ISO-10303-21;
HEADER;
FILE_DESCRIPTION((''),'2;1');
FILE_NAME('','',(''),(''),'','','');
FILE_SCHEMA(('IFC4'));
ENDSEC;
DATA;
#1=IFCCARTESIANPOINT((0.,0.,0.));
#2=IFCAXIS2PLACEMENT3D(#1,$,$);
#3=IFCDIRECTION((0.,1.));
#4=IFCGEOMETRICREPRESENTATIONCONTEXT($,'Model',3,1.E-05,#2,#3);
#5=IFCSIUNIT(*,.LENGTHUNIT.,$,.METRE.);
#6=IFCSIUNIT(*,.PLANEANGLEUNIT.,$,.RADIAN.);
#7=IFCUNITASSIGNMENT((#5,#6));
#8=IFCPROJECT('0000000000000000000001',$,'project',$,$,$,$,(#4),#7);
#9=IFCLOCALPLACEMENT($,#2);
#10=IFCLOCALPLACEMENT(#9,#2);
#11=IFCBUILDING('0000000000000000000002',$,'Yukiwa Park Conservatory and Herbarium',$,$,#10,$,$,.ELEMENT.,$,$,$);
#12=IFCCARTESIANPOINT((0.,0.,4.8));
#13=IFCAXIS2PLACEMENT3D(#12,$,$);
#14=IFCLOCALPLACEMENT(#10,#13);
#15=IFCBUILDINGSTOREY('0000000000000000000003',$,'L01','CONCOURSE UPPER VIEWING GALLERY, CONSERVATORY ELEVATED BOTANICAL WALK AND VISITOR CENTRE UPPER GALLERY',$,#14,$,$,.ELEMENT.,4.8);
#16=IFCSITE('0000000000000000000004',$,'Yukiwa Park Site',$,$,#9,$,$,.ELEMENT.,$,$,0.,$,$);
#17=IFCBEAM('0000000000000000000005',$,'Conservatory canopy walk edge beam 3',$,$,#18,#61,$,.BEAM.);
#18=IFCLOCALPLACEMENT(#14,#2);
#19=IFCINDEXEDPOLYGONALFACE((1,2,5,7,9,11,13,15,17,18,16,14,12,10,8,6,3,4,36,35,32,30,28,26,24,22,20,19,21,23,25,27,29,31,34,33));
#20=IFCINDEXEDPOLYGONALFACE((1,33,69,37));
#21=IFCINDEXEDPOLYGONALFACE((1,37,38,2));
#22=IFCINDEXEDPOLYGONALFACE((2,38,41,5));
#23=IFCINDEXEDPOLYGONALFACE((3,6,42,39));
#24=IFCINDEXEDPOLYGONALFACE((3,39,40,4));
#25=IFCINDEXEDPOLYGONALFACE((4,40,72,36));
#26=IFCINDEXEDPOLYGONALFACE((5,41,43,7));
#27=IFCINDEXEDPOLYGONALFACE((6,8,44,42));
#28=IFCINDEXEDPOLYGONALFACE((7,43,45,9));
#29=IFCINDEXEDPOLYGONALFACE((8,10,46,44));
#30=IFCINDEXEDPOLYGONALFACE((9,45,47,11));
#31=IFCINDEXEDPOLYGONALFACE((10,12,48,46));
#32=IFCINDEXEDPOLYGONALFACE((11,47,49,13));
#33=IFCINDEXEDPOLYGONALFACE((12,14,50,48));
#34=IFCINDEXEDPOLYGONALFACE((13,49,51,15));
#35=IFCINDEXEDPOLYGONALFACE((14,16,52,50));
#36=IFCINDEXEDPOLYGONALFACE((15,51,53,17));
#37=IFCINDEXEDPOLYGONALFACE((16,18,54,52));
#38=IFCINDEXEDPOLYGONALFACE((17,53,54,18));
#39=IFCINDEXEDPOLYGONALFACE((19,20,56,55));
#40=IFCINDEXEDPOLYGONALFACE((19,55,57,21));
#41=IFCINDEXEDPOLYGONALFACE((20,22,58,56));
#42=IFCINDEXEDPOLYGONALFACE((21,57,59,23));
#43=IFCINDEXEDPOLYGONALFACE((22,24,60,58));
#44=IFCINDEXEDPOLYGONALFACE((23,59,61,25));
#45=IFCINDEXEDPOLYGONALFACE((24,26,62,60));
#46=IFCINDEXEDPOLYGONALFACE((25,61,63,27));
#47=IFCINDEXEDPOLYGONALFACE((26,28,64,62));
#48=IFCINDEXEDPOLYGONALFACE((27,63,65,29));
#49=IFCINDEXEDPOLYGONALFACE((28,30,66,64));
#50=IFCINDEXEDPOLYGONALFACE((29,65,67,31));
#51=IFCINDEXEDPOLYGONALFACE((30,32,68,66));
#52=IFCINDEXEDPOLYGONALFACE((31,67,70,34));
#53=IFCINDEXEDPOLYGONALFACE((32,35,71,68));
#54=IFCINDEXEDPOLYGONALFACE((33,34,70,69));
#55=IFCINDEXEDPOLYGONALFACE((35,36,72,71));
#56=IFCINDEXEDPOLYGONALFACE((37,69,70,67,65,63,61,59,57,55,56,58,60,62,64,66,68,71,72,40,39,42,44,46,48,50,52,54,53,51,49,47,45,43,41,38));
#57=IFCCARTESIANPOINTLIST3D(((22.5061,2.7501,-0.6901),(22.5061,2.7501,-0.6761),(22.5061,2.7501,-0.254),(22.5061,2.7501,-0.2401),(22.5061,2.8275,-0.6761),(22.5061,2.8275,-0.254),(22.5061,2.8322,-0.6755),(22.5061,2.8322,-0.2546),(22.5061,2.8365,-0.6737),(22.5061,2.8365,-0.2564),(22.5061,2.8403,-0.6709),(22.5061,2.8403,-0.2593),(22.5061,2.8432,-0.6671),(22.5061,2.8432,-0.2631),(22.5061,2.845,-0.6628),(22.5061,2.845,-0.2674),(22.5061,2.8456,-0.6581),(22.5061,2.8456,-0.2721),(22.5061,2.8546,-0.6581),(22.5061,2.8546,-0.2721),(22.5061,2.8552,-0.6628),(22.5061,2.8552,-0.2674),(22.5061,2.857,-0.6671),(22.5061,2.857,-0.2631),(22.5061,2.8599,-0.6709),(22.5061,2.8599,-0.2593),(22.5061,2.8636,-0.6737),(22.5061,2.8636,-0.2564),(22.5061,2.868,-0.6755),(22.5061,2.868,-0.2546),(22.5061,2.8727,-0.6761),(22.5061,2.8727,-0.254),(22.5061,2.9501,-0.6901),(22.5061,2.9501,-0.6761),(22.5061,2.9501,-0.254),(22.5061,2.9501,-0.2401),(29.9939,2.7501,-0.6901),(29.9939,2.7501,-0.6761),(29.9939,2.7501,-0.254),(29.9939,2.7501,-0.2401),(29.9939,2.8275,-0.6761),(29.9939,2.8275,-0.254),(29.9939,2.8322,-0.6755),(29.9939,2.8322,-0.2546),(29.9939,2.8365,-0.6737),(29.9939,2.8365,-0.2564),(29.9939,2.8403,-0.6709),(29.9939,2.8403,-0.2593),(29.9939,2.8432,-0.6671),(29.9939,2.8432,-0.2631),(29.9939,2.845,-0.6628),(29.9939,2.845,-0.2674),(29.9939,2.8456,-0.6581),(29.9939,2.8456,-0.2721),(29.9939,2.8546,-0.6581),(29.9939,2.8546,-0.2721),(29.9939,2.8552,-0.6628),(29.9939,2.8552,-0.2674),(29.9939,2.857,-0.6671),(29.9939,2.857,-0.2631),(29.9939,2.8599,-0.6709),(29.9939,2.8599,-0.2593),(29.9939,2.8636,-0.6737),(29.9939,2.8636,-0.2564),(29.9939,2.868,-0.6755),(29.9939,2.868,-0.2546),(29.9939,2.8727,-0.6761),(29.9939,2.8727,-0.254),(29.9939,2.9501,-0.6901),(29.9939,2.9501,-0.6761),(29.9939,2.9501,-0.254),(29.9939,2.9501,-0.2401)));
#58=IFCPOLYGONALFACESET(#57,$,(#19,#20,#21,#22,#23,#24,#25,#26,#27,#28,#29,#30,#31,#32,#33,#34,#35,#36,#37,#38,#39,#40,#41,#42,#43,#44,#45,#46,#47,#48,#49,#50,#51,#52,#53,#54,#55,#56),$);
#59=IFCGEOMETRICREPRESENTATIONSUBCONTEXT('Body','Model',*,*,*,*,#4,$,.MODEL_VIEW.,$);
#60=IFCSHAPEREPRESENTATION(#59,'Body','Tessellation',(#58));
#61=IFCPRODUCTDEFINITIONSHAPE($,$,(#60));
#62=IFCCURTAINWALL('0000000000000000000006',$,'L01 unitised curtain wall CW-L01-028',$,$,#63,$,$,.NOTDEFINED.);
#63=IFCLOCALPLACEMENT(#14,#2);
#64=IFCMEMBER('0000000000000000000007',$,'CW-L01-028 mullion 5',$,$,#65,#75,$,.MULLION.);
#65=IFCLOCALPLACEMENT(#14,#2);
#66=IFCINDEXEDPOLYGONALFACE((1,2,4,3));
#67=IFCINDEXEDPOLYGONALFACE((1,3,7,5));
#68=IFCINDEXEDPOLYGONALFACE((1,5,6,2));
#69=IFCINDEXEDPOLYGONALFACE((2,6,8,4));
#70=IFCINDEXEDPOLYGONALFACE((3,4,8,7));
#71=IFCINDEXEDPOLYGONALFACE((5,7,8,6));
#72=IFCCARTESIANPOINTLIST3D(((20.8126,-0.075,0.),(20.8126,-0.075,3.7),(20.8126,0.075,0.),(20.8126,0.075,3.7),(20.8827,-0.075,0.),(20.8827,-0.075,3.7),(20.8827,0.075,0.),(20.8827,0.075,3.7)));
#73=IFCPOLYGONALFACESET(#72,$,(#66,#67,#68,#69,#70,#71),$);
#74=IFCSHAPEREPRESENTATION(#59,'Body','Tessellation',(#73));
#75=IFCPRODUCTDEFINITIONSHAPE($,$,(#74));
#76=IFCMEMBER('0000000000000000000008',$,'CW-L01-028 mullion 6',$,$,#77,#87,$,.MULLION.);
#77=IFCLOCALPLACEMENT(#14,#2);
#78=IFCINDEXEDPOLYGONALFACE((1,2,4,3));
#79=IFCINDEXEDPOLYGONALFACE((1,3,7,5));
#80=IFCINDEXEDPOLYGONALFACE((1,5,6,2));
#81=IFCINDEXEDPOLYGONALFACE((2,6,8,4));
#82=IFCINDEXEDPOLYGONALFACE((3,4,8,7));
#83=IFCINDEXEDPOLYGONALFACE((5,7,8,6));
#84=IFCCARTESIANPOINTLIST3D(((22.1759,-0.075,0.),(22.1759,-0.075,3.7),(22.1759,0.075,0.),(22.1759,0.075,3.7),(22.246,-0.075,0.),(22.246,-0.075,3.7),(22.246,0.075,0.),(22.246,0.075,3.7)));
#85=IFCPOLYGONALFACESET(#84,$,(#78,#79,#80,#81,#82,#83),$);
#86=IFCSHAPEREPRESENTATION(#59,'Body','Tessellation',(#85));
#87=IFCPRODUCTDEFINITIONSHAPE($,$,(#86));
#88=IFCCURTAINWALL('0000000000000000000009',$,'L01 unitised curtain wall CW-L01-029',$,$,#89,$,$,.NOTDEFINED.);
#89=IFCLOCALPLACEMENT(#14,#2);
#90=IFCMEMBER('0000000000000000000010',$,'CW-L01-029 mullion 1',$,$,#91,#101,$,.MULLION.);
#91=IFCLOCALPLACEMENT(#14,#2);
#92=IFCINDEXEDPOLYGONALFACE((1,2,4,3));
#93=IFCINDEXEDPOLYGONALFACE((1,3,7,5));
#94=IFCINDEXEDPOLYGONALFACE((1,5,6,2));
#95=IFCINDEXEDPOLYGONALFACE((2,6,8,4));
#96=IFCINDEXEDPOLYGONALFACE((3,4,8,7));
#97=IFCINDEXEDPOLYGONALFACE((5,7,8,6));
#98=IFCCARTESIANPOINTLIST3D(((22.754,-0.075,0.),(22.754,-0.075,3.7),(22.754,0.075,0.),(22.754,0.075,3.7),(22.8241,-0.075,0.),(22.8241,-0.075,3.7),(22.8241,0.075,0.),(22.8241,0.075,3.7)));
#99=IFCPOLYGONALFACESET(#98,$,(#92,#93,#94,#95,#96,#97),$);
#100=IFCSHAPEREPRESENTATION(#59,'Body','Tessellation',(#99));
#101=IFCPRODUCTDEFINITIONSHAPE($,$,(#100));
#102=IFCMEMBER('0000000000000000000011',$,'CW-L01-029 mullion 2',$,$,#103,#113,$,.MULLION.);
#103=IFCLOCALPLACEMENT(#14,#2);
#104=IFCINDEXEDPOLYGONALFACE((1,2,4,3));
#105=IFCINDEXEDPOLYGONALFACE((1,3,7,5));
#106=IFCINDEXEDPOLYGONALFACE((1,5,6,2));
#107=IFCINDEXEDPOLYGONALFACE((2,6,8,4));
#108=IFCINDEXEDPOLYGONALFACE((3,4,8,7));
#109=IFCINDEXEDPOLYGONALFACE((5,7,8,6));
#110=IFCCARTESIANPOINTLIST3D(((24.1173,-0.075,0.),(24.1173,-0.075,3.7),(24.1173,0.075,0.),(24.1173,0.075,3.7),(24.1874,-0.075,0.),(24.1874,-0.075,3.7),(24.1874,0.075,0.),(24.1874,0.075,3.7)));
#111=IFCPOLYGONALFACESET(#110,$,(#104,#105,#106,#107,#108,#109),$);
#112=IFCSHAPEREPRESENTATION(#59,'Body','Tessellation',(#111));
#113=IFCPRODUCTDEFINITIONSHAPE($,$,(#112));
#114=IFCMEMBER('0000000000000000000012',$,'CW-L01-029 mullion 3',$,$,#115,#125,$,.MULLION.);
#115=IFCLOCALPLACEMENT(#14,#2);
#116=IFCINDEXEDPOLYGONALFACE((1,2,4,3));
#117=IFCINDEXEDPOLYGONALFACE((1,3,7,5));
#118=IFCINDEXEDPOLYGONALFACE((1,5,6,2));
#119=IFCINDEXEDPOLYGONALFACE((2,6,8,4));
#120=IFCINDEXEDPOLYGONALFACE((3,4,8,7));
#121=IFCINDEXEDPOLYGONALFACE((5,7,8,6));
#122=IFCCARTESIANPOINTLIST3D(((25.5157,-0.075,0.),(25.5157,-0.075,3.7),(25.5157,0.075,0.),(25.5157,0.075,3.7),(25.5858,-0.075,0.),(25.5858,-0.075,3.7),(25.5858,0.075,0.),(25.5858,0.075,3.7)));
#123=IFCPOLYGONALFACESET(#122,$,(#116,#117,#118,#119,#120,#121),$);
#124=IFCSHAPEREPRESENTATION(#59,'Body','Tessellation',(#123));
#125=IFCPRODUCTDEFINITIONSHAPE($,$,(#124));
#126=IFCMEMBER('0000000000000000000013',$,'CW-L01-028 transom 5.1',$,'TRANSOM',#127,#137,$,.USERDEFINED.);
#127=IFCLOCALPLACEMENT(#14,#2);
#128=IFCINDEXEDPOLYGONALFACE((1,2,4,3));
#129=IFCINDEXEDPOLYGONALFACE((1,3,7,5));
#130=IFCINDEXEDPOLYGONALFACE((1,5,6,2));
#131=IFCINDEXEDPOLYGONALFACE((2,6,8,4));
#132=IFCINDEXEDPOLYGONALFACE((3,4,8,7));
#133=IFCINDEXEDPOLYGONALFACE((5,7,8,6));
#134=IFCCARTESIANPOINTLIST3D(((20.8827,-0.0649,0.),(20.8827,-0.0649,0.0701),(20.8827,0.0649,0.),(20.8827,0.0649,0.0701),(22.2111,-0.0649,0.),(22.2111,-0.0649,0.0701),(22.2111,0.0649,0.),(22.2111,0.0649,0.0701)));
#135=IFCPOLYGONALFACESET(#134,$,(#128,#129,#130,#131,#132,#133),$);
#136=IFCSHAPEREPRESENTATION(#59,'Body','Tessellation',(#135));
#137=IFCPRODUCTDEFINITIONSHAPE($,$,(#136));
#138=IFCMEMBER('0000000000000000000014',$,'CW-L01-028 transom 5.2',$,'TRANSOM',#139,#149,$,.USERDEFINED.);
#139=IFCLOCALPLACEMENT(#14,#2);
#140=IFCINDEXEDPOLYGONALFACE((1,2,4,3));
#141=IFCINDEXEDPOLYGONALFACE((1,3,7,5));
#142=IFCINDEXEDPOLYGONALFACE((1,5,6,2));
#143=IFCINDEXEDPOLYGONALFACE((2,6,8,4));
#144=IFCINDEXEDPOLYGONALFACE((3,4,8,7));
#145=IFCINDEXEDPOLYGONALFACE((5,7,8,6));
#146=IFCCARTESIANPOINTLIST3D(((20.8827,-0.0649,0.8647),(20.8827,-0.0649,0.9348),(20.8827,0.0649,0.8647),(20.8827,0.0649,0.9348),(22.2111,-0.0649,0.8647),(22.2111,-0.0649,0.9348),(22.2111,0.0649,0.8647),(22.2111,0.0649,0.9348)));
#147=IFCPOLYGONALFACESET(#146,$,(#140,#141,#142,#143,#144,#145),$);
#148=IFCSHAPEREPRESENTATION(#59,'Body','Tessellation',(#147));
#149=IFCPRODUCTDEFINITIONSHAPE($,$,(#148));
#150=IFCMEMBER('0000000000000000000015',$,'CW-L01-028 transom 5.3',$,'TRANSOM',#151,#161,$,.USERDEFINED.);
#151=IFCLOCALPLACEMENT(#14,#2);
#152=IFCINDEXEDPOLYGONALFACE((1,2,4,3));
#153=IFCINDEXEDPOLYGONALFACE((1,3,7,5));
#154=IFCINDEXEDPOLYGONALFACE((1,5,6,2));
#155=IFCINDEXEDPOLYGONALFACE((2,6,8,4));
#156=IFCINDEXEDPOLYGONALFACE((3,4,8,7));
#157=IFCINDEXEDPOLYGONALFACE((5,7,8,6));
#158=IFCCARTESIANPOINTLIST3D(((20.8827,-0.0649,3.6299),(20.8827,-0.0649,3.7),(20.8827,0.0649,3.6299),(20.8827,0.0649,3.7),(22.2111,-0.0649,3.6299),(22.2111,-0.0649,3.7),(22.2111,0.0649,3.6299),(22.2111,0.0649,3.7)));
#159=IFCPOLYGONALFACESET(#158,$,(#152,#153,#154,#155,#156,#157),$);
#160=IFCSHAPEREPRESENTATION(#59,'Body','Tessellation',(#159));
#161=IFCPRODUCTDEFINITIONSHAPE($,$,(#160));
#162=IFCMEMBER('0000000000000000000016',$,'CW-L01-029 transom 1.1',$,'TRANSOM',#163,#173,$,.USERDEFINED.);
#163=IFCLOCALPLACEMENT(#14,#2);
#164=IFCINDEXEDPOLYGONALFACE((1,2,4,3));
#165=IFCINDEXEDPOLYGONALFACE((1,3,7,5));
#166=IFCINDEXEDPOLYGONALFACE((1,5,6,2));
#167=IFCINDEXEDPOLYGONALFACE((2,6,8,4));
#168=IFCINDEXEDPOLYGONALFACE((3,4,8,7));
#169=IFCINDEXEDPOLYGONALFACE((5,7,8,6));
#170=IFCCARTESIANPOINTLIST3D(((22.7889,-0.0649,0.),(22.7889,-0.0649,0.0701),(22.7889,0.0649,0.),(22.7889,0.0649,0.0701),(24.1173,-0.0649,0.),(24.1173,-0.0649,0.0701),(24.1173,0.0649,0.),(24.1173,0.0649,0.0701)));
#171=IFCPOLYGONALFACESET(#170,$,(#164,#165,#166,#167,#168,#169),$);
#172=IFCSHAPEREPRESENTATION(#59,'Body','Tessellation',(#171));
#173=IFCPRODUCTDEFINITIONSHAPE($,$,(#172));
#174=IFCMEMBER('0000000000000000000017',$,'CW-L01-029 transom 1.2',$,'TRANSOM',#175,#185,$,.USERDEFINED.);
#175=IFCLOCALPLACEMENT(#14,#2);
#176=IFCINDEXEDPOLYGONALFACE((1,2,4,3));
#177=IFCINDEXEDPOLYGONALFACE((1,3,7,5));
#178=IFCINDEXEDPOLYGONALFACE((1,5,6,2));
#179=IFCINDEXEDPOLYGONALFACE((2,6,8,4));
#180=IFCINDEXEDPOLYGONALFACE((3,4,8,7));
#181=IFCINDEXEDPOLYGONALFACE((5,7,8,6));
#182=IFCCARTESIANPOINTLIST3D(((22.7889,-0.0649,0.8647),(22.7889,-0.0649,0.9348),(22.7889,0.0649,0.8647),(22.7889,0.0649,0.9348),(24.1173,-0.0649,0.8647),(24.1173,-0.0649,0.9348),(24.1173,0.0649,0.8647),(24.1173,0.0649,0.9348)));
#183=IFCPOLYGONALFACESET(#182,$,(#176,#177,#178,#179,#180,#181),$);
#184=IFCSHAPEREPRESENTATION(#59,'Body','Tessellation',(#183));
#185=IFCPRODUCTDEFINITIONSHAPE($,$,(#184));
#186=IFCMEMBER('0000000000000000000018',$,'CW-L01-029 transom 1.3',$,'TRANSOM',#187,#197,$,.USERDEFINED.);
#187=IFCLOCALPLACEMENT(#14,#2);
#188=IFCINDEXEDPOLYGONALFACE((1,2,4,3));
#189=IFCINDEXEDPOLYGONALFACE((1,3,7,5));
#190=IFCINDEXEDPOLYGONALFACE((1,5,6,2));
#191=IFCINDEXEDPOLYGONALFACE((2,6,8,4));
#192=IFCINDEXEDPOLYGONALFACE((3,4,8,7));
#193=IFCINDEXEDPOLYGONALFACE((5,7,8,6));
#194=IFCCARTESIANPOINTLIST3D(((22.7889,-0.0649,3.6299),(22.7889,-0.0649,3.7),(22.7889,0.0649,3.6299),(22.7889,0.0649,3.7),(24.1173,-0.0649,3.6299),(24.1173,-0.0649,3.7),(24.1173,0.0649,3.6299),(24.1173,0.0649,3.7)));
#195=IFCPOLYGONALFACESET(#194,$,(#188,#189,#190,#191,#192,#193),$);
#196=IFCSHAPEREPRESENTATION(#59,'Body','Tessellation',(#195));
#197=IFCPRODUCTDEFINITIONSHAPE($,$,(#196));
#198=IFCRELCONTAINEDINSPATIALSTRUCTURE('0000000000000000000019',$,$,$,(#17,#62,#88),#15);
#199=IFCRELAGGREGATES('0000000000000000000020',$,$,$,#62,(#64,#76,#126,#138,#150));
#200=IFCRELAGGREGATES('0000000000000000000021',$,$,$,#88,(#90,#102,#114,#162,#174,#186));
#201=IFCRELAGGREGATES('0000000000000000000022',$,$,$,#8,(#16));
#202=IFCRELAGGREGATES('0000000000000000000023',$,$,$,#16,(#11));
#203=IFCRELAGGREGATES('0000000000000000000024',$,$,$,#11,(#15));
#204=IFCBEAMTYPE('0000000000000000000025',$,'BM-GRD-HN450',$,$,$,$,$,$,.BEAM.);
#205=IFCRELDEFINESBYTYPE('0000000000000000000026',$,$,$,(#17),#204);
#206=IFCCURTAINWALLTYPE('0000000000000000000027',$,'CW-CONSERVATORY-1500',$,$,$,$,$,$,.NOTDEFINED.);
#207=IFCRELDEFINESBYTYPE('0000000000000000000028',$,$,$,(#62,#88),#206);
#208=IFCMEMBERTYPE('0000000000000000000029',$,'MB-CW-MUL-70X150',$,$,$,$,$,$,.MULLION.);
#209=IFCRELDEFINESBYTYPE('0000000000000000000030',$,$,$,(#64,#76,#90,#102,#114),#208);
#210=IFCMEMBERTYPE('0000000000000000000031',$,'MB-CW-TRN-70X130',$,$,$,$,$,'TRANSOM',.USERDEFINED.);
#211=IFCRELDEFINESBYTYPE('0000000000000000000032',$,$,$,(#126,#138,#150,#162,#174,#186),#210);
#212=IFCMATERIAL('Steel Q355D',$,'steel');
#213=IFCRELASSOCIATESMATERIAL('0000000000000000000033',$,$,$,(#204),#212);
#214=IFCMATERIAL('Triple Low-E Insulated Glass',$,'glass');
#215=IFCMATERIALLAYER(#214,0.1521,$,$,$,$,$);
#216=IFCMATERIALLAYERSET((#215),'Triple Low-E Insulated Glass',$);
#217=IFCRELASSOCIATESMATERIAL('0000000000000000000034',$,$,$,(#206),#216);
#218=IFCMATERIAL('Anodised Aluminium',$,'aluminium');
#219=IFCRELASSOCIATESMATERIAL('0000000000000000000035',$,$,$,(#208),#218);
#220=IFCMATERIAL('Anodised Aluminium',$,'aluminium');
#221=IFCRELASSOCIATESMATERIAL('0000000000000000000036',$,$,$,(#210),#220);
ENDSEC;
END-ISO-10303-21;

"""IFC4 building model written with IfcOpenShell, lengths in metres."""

from ifc_helpers import new_model, si_unit, direction, frame, origin, origin_2d, place, context, subcontext, project, spatial, rectangle, i_section, extrude, material, layer, layer_set, material_profile, profile_set, type_object, element, aggregate, save


model = new_model("IFC4")

# Units and contexts
model_context = context("Model", 3, precision=1e-05, world=origin(), true_north=direction((0.0, 1.0)))
body_context = subcontext(model_context, "Body", "Model", "MODEL_VIEW")
ifc_project = project(units=[si_unit("LENGTHUNIT", "METRE"), si_unit("PLANEANGLEUNIT", "RADIAN")], contexts=[model_context])

# Site, building, storey
site_placement = place(None, origin())
site = spatial("IfcSite", under=ifc_project, at=site_placement, Name="Yukiwa Park Site", CompositionType="ELEMENT", RefElevation=0.0)
building_placement = place(site_placement, origin())
building = spatial("IfcBuilding", under=site, at=building_placement, Name="Yukiwa Park Conservatory and Herbarium", CompositionType="ELEMENT")
storey_placement = place(building_placement, frame((0.0, 0.0, 4.8)))
storey = spatial("IfcBuildingStorey", under=building, at=storey_placement, Name="L01", Description="CONCOURSE UPPER VIEWING GALLERY, CONSERVATORY ELEVATED BOTANICAL WALK AND VISITOR CENTRE UPPER GALLERY", CompositionType="ELEMENT", Elevation=4.8)

# Beam
ifc_material_1 = material(Name="Steel Q355D", Category="steel")
ifc_material_profile_1 = material_profile(ifc_material_1, i_section(OverallWidth=0.2, OverallDepth=0.45, WebThickness=0.009, FlangeThickness=0.0139, FilletRadius=0.0181, at=origin_2d()), Name="HN 450x200x9x14")
ifc_profile_set_1 = profile_set([ifc_material_profile_1], Name="Steel Q355D")
beam_type = type_object("IfcBeamType", Name="BM-GRD-HN450", PredefinedType="BEAM", material=ifc_profile_set_1)
beam_1_placement = place(storey_placement, frame((22.5061, 2.8501, -0.4651), z_axis=(1.0, 0.0, 0.0), x_axis=(0.0, 1.0, 0.0)))
element("IfcBeam", 1, at=beam_1_placement, inside=storey, type_object=beam_type, Name="Conservatory canopy walk edge beam 3", PredefinedType="BEAM", context=body_context, shape_type="SweptSolid", body=[
    extrude(i_section(OverallWidth=0.2, OverallDepth=0.45, WebThickness=0.009, FlangeThickness=0.0139, FilletRadius=0.0181, at=origin_2d()), origin(), (0.0, 0.0, 1.0), 7.4878),
])

# Curtain walls, members
ifc_material_2 = material(Name="Triple Low-E Insulated Glass", Category="glass")
ifc_layer_1 = layer(ifc_material_2, 0.1521)
ifc_layer_set_1 = layer_set([ifc_layer_1], Name="Triple Low-E Insulated Glass")
curtain_wall_type = type_object("IfcCurtainWallType", Name="CW-CONSERVATORY-1500", PredefinedType="NOTDEFINED", material=ifc_layer_set_1)
curtain_wall_1_placement = place(storey_placement, origin())
curtain_wall_1 = element("IfcCurtainWall", 2, at=curtain_wall_1_placement, inside=storey, type_object=curtain_wall_type, Name="L01 unitised curtain wall CW-L01-028", PredefinedType="NOTDEFINED")
ifc_material_3 = material(Name="Anodised Aluminium", Category="aluminium")
member_type_1 = type_object("IfcMemberType", Name="MB-CW-MUL-70X150", PredefinedType="MULLION", material=ifc_material_3)
member_1_placement = place(storey_placement, frame((20.8477, 0.0, 0.0), z_axis=(0.0, 0.0, 1.0), x_axis=(1.0, 0.0, 0.0)))
member_1 = element("IfcMember", 3, at=member_1_placement, type_object=member_type_1, Name="CW-L01-028 mullion 5", PredefinedType="MULLION", context=body_context, shape_type="SweptSolid", body=[
    extrude(rectangle(XDim=0.0701, YDim=0.1499, at=origin_2d()), origin(), (0.0, 0.0, 1.0), 3.7),
])
member_2_placement = place(storey_placement, frame((22.2109, 0.0, 0.0), z_axis=(0.0, 0.0, 1.0), x_axis=(1.0, 0.0, 0.0)))
member_2 = element("IfcMember", 4, at=member_2_placement, type_object=member_type_1, Name="CW-L01-028 mullion 6", PredefinedType="MULLION", context=body_context, shape_type="SweptSolid", body=[
    extrude(rectangle(XDim=0.0701, YDim=0.1499, at=origin_2d()), origin(), (0.0, 0.0, 1.0), 3.7),
])
curtain_wall_2_placement = place(storey_placement, origin())
curtain_wall_2 = element("IfcCurtainWall", 5, at=curtain_wall_2_placement, inside=storey, type_object=curtain_wall_type, Name="L01 unitised curtain wall CW-L01-029", PredefinedType="NOTDEFINED")
member_3_placement = place(storey_placement, frame((22.7891, 0.0, 0.0), z_axis=(0.0, 0.0, 1.0), x_axis=(1.0, 0.0, 0.0)))
member_3 = element("IfcMember", 6, at=member_3_placement, type_object=member_type_1, Name="CW-L01-029 mullion 1", PredefinedType="MULLION", context=body_context, shape_type="SweptSolid", body=[
    extrude(rectangle(XDim=0.0701, YDim=0.1499, at=origin_2d()), origin(), (0.0, 0.0, 1.0), 3.7),
])
member_4_placement = place(storey_placement, frame((24.1523, 0.0, 0.0), z_axis=(0.0, 0.0, 1.0), x_axis=(1.0, 0.0, 0.0)))
member_4 = element("IfcMember", 7, at=member_4_placement, type_object=member_type_1, Name="CW-L01-029 mullion 2", PredefinedType="MULLION", context=body_context, shape_type="SweptSolid", body=[
    extrude(rectangle(XDim=0.0701, YDim=0.1499, at=origin_2d()), origin(), (0.0, 0.0, 1.0), 3.7),
])
member_5_placement = place(storey_placement, frame((25.5508, 0.0, 0.0), z_axis=(0.0, 0.0, 1.0), x_axis=(1.0, 0.0, 0.0)))
member_5 = element("IfcMember", 8, at=member_5_placement, type_object=member_type_1, Name="CW-L01-029 mullion 3", PredefinedType="MULLION", context=body_context, shape_type="SweptSolid", body=[
    extrude(rectangle(XDim=0.0701, YDim=0.1499, at=origin_2d()), origin(), (0.0, 0.0, 1.0), 3.7),
])

# Members
ifc_material_4 = material(Name="Anodised Aluminium", Category="aluminium")
member_type_2 = type_object("IfcMemberType", Name="MB-CW-TRN-70X130", ElementType="TRANSOM", PredefinedType="USERDEFINED", material=ifc_material_4)
member_6_placement = place(storey_placement, frame((21.5469, 0.0, 0.0), z_axis=(0.0, 0.0, 1.0), x_axis=(1.0, 0.0, 0.0)))
member_6 = element("IfcMember", 9, at=member_6_placement, type_object=member_type_2, Name="CW-L01-028 transom 5.1", ObjectType="TRANSOM", PredefinedType="USERDEFINED", context=body_context, shape_type="SweptSolid", body=[
    extrude(rectangle(XDim=1.3284, YDim=0.1299, at=origin_2d()), origin(), (0.0, 0.0, 1.0), 0.0701),
])
member_7_placement = place(storey_placement, frame((21.5469, 0.0, 0.8647), z_axis=(0.0, 0.0, 1.0), x_axis=(1.0, 0.0, 0.0)))
member_7 = element("IfcMember", 10, at=member_7_placement, type_object=member_type_2, Name="CW-L01-028 transom 5.2", ObjectType="TRANSOM", PredefinedType="USERDEFINED", context=body_context, shape_type="SweptSolid", body=[
    extrude(rectangle(XDim=1.3284, YDim=0.1299, at=origin_2d()), origin(), (0.0, 0.0, 1.0), 0.0701),
])
member_8_placement = place(storey_placement, frame((21.5469, 0.0, 3.6299), z_axis=(0.0, 0.0, 1.0), x_axis=(1.0, 0.0, 0.0)))
member_8 = element("IfcMember", 11, at=member_8_placement, type_object=member_type_2, Name="CW-L01-028 transom 5.3", ObjectType="TRANSOM", PredefinedType="USERDEFINED", context=body_context, shape_type="SweptSolid", body=[
    extrude(rectangle(XDim=1.3284, YDim=0.1299, at=origin_2d()), origin(), (0.0, 0.0, 1.0), 0.0701),
])
member_9_placement = place(storey_placement, frame((23.4531, 0.0, 0.0), z_axis=(0.0, 0.0, 1.0), x_axis=(1.0, 0.0, 0.0)))
member_9 = element("IfcMember", 12, at=member_9_placement, type_object=member_type_2, Name="CW-L01-029 transom 1.1", ObjectType="TRANSOM", PredefinedType="USERDEFINED", context=body_context, shape_type="SweptSolid", body=[
    extrude(rectangle(XDim=1.3284, YDim=0.1299, at=origin_2d()), origin(), (0.0, 0.0, 1.0), 0.0701),
])
member_10_placement = place(storey_placement, frame((23.4531, 0.0, 0.8647), z_axis=(0.0, 0.0, 1.0), x_axis=(1.0, 0.0, 0.0)))
member_10 = element("IfcMember", 13, at=member_10_placement, type_object=member_type_2, Name="CW-L01-029 transom 1.2", ObjectType="TRANSOM", PredefinedType="USERDEFINED", context=body_context, shape_type="SweptSolid", body=[
    extrude(rectangle(XDim=1.3284, YDim=0.1299, at=origin_2d()), origin(), (0.0, 0.0, 1.0), 0.0701),
])
member_11_placement = place(storey_placement, frame((23.4531, 0.0, 3.6299), z_axis=(0.0, 0.0, 1.0), x_axis=(1.0, 0.0, 0.0)))
member_11 = element("IfcMember", 14, at=member_11_placement, type_object=member_type_2, Name="CW-L01-029 transom 1.3", ObjectType="TRANSOM", PredefinedType="USERDEFINED", context=body_context, shape_type="SweptSolid", body=[
    extrude(rectangle(XDim=1.3284, YDim=0.1299, at=origin_2d()), origin(), (0.0, 0.0, 1.0), 0.0701),
])

aggregate(curtain_wall_1, [member_1, member_2, member_6, member_7, member_8])
aggregate(curtain_wall_2, [member_3, member_4, member_5, member_9, member_10, member_11])

save(model, "model.ifc")
